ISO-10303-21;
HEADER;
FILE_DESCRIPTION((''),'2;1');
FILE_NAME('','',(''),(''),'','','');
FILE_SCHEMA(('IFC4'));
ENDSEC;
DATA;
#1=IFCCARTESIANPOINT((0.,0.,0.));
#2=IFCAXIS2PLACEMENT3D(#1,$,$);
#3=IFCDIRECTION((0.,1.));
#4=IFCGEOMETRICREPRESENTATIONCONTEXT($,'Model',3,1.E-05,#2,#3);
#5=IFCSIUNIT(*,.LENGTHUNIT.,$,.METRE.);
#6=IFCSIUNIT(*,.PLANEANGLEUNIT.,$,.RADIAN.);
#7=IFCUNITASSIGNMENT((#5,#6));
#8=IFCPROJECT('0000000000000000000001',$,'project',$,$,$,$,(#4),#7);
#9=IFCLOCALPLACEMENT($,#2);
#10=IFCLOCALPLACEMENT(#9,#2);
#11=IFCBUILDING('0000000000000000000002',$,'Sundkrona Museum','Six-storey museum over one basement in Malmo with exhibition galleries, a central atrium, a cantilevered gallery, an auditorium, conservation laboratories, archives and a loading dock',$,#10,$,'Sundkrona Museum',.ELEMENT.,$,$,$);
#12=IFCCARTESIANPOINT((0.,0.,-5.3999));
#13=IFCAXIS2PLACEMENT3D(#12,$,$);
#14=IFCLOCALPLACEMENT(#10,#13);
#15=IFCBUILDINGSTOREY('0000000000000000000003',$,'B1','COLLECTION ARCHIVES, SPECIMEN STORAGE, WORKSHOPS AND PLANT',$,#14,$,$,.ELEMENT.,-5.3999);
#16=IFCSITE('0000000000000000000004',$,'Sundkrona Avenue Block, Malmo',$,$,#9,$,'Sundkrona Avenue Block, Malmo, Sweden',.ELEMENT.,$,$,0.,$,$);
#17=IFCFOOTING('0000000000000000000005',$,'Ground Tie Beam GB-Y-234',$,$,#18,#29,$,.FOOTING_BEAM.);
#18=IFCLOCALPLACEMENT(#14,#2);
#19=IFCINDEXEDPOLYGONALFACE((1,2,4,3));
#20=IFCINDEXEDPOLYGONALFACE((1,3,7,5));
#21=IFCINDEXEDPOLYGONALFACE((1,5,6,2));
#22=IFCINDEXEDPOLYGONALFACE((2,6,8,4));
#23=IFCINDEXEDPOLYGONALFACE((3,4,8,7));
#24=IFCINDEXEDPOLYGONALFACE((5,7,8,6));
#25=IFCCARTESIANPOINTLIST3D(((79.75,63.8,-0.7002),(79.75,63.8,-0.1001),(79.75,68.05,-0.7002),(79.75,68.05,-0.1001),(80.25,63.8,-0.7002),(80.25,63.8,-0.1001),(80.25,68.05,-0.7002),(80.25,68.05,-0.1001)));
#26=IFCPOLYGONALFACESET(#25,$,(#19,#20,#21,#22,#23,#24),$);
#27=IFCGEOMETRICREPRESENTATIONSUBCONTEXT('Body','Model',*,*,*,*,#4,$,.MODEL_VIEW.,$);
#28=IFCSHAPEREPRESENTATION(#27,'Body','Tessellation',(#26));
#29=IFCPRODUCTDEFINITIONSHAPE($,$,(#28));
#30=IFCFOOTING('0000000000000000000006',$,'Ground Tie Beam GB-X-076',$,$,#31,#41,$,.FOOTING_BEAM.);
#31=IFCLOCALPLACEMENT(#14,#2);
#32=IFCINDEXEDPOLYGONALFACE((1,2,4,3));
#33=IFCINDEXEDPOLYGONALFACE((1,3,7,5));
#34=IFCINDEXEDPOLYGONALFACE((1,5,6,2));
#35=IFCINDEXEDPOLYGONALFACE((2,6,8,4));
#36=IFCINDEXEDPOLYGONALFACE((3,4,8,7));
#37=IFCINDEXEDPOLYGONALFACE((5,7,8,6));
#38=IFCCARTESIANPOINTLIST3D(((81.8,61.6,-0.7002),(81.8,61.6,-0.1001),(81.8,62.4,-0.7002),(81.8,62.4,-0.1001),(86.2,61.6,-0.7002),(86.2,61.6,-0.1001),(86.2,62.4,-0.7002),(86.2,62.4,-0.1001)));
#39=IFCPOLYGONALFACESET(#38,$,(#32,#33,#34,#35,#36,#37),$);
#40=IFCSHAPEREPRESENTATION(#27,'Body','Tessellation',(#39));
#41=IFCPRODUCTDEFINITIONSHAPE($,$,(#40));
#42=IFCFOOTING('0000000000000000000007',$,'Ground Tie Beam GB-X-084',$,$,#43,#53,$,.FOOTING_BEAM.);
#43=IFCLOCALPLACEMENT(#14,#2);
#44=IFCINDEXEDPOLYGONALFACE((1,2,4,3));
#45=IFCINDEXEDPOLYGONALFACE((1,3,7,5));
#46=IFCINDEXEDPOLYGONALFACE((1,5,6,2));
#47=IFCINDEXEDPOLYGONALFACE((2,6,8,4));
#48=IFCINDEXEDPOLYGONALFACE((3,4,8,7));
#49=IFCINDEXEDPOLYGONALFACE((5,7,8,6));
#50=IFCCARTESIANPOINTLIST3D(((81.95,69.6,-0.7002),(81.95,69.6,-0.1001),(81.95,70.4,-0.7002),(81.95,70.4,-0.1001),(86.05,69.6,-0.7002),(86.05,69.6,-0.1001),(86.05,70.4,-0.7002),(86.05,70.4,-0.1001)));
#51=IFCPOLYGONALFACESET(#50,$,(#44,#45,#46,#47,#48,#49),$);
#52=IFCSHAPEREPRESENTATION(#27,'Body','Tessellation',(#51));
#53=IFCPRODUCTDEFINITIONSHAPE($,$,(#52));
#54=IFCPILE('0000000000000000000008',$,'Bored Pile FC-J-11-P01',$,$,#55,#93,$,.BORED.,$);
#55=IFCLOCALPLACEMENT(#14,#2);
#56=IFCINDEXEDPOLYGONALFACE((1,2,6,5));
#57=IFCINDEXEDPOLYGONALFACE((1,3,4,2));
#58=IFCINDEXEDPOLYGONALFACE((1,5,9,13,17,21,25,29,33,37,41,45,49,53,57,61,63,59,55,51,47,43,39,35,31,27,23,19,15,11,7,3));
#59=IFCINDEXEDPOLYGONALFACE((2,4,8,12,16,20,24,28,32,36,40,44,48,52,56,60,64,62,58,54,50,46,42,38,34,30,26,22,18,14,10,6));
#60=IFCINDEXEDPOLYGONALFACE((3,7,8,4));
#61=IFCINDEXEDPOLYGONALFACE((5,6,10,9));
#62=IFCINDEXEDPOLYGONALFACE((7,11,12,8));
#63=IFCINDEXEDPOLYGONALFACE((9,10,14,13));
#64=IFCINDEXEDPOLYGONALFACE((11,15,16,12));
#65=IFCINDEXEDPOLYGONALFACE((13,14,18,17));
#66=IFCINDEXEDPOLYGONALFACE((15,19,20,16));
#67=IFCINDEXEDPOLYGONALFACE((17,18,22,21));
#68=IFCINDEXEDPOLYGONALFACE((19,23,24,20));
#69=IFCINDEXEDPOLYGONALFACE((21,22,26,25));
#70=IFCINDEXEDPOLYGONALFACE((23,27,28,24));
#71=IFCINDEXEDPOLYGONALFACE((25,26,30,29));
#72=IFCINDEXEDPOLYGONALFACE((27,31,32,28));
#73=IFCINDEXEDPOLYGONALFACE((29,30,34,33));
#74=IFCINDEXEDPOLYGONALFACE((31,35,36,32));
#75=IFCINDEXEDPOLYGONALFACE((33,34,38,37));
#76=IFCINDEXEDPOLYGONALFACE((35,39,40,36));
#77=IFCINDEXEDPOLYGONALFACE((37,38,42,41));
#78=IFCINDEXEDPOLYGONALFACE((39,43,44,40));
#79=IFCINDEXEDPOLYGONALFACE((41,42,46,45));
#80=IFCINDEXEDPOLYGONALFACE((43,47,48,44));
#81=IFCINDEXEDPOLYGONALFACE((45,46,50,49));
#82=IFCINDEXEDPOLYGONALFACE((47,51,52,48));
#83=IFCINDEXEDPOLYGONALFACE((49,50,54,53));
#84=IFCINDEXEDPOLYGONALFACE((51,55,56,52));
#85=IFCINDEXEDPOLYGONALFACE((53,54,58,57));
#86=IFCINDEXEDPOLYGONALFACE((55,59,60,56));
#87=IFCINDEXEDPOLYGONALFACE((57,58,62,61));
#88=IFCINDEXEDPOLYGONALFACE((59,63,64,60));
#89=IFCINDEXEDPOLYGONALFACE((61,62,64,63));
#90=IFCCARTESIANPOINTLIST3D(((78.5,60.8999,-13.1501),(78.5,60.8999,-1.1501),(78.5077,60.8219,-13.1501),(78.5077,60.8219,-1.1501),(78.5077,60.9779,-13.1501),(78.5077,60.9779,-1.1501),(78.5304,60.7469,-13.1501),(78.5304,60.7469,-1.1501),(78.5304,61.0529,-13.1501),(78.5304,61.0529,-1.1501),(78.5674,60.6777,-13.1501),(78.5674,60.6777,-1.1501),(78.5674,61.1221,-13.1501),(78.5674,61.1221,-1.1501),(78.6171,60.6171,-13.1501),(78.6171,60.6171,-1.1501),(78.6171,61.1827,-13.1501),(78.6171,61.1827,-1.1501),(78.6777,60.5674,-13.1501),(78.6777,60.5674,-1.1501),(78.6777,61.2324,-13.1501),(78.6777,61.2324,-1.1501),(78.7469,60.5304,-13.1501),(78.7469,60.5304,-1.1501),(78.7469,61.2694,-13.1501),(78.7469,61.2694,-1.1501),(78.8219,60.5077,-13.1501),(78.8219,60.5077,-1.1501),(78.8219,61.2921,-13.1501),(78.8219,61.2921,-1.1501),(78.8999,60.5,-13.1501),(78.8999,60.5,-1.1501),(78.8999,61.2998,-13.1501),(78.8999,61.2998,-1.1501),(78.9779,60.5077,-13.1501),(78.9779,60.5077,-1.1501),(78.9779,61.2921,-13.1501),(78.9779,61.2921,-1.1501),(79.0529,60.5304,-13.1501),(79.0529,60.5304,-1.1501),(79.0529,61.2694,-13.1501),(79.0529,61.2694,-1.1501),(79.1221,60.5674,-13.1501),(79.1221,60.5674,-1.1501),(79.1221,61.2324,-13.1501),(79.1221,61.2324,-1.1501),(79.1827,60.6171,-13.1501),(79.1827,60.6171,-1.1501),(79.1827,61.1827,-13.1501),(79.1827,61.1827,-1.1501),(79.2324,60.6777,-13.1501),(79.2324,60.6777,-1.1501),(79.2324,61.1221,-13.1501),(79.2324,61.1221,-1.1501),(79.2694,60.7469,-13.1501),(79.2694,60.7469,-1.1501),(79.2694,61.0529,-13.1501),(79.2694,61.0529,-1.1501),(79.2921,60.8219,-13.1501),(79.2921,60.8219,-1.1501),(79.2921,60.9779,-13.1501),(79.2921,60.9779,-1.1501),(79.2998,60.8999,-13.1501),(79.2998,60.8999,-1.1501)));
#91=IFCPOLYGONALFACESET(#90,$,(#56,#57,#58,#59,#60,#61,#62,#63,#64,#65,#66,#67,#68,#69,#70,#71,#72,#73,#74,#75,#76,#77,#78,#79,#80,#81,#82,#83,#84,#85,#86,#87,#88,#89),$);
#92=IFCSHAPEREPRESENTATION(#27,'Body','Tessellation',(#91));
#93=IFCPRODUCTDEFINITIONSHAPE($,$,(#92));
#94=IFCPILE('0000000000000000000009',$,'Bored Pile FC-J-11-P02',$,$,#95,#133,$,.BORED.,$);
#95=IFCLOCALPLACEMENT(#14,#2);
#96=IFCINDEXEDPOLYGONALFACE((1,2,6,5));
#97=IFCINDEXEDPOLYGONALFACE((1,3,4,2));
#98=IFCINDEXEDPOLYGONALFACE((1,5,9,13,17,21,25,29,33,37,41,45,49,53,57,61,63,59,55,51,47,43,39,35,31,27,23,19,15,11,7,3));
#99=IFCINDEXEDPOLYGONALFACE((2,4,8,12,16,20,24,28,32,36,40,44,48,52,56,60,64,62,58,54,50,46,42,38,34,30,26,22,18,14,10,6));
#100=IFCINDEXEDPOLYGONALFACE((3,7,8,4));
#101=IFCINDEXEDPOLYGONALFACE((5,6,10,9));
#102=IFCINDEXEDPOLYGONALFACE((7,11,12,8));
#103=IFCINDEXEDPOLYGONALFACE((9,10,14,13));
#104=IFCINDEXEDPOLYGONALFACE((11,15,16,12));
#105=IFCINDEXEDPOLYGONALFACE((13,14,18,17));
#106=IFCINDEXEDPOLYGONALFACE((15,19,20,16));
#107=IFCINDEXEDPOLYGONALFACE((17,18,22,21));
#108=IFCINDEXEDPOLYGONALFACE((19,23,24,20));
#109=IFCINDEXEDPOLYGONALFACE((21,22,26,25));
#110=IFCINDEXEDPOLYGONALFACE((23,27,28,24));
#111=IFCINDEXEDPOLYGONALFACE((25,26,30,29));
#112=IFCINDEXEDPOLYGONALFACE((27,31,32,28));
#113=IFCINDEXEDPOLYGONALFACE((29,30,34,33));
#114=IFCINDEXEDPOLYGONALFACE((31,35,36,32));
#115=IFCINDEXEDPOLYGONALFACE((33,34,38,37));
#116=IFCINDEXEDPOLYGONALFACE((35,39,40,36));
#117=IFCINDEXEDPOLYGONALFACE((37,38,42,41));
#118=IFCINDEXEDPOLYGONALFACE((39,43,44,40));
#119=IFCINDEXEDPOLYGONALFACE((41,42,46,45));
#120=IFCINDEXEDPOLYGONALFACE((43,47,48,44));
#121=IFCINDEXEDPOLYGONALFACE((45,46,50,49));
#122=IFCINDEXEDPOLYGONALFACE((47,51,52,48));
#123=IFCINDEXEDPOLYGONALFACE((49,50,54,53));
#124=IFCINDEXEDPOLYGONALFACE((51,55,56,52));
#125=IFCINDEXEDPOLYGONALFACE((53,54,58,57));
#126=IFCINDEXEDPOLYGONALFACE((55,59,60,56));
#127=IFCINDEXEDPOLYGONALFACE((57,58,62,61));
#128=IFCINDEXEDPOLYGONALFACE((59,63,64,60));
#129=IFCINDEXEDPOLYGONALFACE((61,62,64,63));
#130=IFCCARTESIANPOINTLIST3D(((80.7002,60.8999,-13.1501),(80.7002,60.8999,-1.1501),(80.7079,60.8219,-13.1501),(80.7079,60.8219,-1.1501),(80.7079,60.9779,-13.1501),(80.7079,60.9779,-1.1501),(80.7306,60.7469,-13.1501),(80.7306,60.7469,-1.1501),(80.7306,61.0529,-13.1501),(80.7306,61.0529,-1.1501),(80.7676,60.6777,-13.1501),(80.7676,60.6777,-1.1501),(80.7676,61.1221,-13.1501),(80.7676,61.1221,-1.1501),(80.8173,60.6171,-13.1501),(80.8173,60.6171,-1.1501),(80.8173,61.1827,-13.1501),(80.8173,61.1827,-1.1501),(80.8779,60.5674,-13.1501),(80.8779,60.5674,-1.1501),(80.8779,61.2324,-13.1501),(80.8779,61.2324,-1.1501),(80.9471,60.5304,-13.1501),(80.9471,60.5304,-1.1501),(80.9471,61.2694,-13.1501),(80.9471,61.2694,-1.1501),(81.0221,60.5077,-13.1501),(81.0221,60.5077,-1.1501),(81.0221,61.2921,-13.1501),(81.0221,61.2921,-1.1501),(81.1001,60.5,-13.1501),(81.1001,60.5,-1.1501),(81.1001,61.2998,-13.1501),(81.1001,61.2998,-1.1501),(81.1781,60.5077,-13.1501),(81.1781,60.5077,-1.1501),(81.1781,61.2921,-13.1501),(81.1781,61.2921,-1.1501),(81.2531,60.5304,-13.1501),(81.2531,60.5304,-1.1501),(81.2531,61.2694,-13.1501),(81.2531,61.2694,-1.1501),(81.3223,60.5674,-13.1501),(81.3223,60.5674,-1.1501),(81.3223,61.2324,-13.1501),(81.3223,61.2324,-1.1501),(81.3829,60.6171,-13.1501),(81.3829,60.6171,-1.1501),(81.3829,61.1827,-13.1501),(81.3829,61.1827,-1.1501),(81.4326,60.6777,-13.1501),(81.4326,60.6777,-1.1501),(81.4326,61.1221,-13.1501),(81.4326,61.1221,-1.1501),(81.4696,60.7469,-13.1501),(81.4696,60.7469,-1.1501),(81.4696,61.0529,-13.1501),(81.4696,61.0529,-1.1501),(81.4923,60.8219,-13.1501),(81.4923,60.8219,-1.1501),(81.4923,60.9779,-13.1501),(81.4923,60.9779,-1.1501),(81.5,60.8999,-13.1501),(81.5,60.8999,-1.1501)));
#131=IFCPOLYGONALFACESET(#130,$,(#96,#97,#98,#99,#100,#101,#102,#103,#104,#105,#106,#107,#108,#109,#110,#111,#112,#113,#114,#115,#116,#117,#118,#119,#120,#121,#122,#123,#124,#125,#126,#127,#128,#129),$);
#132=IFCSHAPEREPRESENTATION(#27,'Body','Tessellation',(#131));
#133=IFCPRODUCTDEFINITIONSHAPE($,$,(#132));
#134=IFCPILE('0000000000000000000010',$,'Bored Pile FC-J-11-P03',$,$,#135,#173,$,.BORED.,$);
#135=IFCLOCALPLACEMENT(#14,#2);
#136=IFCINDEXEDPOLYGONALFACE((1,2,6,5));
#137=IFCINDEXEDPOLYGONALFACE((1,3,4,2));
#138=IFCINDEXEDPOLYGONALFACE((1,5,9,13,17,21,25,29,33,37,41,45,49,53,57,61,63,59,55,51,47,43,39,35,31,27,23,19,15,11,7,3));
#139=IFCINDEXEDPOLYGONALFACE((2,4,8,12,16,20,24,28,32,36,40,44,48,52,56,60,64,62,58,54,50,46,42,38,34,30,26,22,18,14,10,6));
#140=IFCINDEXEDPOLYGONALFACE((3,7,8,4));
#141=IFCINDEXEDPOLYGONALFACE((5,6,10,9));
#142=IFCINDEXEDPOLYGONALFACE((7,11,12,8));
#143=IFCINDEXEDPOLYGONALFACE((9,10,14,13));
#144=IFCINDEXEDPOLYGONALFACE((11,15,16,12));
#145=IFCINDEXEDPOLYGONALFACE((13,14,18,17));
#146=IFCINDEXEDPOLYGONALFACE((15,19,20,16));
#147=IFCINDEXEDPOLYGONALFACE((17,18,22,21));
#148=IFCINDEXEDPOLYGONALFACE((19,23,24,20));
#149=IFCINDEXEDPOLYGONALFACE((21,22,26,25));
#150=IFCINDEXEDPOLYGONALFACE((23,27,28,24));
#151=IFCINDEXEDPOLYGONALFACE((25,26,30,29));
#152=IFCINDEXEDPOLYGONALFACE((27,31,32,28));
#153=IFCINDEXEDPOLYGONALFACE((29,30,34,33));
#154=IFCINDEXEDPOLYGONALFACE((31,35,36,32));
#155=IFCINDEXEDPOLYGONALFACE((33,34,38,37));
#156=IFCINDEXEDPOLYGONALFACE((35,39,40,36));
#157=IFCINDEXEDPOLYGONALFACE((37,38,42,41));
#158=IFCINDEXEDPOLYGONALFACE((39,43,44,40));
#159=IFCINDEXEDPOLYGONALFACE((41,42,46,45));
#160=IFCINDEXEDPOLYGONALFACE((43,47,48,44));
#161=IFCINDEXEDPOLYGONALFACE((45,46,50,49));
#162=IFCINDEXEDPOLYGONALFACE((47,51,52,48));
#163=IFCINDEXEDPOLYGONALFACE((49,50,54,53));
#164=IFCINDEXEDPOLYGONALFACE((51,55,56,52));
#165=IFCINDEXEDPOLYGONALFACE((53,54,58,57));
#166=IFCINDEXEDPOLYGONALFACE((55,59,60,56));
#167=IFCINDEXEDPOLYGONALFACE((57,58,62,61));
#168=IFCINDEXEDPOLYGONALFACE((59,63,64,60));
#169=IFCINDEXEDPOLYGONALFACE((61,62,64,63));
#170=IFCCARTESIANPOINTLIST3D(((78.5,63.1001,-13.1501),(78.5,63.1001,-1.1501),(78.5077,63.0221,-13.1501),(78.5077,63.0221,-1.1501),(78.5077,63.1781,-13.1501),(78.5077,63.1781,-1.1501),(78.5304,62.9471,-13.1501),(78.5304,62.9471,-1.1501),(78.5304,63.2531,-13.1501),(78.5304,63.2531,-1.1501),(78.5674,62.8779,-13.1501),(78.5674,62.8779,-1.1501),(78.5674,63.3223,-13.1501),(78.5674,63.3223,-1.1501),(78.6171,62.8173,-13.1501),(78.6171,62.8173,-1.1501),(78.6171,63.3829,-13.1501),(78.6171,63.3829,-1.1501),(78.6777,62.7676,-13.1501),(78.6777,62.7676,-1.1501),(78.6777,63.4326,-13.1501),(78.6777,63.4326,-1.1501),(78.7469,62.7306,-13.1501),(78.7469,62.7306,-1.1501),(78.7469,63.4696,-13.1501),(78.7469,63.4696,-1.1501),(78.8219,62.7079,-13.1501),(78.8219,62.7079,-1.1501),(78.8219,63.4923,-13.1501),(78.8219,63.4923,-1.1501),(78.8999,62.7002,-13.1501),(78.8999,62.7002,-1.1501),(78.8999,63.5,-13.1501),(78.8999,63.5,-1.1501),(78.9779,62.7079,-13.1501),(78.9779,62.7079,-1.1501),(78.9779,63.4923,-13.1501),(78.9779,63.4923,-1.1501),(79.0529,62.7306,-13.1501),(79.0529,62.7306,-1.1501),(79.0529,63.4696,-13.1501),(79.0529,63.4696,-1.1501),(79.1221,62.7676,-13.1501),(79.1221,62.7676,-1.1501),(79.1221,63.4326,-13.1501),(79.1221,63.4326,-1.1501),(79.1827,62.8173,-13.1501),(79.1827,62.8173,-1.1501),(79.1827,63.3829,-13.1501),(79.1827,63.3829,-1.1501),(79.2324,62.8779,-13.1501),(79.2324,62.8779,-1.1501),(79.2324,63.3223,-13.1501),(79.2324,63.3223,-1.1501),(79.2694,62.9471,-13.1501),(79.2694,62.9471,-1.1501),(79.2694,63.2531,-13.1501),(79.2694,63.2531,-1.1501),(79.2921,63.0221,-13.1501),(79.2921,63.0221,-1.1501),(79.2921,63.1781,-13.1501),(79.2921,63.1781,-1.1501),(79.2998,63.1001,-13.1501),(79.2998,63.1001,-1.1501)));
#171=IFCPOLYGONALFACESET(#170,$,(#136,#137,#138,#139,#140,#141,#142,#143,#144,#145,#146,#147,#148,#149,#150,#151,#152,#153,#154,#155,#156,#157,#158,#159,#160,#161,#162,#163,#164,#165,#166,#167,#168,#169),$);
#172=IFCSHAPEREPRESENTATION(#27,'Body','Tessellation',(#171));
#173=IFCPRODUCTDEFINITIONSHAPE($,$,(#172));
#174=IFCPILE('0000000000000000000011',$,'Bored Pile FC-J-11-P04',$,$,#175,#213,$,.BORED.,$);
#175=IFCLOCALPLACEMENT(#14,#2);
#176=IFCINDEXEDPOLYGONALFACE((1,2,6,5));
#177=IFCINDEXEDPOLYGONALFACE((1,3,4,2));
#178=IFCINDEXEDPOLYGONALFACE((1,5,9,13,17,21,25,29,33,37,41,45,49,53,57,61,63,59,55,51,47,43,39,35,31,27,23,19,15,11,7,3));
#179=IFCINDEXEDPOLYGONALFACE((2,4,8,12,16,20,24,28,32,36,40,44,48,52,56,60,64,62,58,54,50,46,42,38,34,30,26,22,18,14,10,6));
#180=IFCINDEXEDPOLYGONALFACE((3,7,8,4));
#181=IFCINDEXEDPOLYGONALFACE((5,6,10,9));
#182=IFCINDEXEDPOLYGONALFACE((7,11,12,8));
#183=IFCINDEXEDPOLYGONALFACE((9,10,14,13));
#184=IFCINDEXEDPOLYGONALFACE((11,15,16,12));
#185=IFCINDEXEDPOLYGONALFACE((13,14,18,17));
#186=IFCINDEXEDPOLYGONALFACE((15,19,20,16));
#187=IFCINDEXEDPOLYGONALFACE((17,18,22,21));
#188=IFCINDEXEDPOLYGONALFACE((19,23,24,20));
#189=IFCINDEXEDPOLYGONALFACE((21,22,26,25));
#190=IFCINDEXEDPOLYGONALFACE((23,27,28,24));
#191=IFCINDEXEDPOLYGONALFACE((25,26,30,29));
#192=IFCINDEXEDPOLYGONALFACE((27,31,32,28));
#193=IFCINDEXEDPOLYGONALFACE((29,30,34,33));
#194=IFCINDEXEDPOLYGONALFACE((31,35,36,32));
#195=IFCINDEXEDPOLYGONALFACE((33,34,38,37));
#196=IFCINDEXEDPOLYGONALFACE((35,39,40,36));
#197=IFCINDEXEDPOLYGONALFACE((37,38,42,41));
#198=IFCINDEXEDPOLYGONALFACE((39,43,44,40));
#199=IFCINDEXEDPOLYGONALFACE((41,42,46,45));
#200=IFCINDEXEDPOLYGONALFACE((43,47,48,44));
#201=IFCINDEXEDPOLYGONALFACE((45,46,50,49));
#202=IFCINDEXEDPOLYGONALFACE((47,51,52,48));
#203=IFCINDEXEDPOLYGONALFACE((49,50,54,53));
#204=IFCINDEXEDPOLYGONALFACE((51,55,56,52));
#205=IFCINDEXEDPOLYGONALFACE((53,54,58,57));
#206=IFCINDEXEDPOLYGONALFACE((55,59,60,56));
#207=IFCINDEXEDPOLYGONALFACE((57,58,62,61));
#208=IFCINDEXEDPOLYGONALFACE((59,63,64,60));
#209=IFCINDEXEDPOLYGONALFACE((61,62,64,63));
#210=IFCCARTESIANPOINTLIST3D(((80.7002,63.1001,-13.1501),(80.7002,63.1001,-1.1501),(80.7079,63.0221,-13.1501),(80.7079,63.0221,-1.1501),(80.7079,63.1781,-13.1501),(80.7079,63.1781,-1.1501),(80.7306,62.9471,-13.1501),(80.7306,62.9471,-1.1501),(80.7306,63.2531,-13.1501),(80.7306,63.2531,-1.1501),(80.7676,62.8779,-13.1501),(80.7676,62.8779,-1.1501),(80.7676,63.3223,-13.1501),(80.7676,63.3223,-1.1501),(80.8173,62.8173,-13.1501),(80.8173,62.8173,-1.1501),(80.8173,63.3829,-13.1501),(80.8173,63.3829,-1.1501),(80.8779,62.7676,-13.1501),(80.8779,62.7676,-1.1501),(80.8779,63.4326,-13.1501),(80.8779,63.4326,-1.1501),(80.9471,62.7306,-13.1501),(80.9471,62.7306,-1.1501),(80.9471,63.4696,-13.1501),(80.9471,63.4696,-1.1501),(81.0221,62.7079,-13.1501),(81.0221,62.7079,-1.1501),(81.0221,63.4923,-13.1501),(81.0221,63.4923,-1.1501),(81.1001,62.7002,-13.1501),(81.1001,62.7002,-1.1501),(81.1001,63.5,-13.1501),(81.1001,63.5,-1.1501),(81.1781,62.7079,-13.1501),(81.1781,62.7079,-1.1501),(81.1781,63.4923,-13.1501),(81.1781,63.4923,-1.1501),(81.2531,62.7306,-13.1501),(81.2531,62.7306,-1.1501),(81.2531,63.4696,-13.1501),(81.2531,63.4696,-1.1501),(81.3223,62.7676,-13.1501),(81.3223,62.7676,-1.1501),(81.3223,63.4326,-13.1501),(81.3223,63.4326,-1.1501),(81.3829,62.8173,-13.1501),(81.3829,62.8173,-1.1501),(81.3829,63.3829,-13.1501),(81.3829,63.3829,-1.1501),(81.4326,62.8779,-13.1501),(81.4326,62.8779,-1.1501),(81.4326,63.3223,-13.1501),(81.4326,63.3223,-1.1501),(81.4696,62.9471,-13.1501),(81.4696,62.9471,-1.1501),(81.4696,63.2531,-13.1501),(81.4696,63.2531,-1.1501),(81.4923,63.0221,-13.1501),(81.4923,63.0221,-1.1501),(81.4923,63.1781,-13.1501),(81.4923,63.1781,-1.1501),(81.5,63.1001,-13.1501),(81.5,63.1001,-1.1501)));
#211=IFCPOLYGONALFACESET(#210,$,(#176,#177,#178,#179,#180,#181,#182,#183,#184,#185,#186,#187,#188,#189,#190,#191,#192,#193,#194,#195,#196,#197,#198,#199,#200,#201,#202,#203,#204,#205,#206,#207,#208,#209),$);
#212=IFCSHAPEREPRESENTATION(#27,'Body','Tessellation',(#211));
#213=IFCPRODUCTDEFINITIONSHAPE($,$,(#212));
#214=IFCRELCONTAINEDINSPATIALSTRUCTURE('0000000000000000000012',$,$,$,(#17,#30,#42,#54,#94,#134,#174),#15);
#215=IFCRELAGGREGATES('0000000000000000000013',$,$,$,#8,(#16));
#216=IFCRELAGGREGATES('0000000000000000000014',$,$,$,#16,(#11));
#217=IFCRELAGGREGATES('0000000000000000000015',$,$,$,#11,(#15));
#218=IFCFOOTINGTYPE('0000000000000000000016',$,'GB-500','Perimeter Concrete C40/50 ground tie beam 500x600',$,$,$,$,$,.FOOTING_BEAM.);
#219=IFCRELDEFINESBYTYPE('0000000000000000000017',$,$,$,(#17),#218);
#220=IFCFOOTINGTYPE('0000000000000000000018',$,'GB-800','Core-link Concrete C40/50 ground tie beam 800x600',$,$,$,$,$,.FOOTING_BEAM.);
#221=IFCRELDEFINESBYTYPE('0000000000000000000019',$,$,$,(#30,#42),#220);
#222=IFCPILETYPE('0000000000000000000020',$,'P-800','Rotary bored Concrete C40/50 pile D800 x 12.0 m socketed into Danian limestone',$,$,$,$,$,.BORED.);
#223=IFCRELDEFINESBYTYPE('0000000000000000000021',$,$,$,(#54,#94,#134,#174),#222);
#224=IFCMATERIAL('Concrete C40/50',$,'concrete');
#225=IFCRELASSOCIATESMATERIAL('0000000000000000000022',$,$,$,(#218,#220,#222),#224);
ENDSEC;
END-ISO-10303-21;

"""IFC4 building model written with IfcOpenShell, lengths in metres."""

from ifc_helpers import new_model, si_unit, direction, frame, origin, origin_2d, place, context, subcontext, project, spatial, rectangle, circle, extrude, material, material_profile, profile_set, type_object, element, save


model = new_model("IFC4")

# Units and contexts
model_context = context("Model", 3, precision=1e-05, world=origin(), true_north=direction((0.0, 1.0)))
body_context = subcontext(model_context, "Body", "Model", "MODEL_VIEW")
ifc_project = project(units=[si_unit("LENGTHUNIT", "METRE"), si_unit("PLANEANGLEUNIT", "RADIAN")], contexts=[model_context])

# Site, building, storey
site_placement = place(None, origin())
site = spatial("IfcSite", under=ifc_project, at=site_placement, Name="Sundkrona Avenue Block, Malmo", LongName="Sundkrona Avenue Block, Malmo, Sweden", CompositionType="ELEMENT", RefElevation=0.0)
building_placement = place(site_placement, origin())
building = spatial("IfcBuilding", under=site, at=building_placement, Name="Sundkrona Museum", Description="Six-storey museum over one basement in Malmo with exhibition galleries, a central atrium, a cantilevered gallery, an auditorium, conservation laboratories, archives and a loading dock", LongName="Sundkrona Museum", CompositionType="ELEMENT")
storey_placement = place(building_placement, frame((0.0, 0.0, -5.3999)))
storey = spatial("IfcBuildingStorey", under=building, at=storey_placement, Name="B1", Description="COLLECTION ARCHIVES, SPECIMEN STORAGE, WORKSHOPS AND PLANT", CompositionType="ELEMENT", Elevation=-5.3999)

# Footings
ifc_material_1 = material(Name="Concrete C40/50", Category="concrete")
footing_type_1 = type_object("IfcFootingType", Name="GB-500", Description="Perimeter Concrete C40/50 ground tie beam 500x600", PredefinedType="FOOTING_BEAM", material=ifc_material_1)
footing_1_placement = place(storey_placement, frame((80.0, 65.925, -0.7002), z_axis=(0.0, 0.0, 1.0), x_axis=(0.0, 1.0, 0.0)))
element("IfcFooting", 1, at=footing_1_placement, inside=storey, type_object=footing_type_1, Name="Ground Tie Beam GB-Y-234", PredefinedType="FOOTING_BEAM", context=body_context, shape_type="SweptSolid", body=[
    extrude(rectangle(XDim=4.25, YDim=0.5, at=origin_2d()), origin(), (0.0, 0.0, 1.0), 0.6001),
])
footing_type_2 = type_object("IfcFootingType", Name="GB-800", Description="Core-link Concrete C40/50 ground tie beam 800x600", PredefinedType="FOOTING_BEAM", material=ifc_material_1)
footing_2_placement = place(storey_placement, frame((84.0, 62.0, -0.7002), z_axis=(0.0, 0.0, 1.0), x_axis=(1.0, 0.0, 0.0)))
element("IfcFooting", 2, at=footing_2_placement, inside=storey, type_object=footing_type_2, Name="Ground Tie Beam GB-X-076", PredefinedType="FOOTING_BEAM", context=body_context, shape_type="SweptSolid", body=[
    extrude(rectangle(XDim=4.3999, YDim=0.8, at=origin_2d()), origin(), (0.0, 0.0, 1.0), 0.6001),
])
footing_3_placement = place(storey_placement, frame((84.0, 70.0, -0.7002), z_axis=(0.0, 0.0, 1.0), x_axis=(1.0, 0.0, 0.0)))
element("IfcFooting", 3, at=footing_3_placement, inside=storey, type_object=footing_type_2, Name="Ground Tie Beam GB-X-084", PredefinedType="FOOTING_BEAM", context=body_context, shape_type="SweptSolid", body=[
    extrude(rectangle(XDim=4.1001, YDim=0.8, at=origin_2d()), origin(), (0.0, 0.0, 1.0), 0.6001),
])

# Piles
ifc_material_profile_1 = material_profile(ifc_material_1, circle(Radius=0.3999, at=origin_2d()), Name="PILE D800")
ifc_profile_set_1 = profile_set([ifc_material_profile_1], Name="Concrete C40/50")
pile_type = type_object("IfcPileType", Name="P-800", Description="Rotary bored Concrete C40/50 pile D800 x 12.0 m socketed into Danian limestone", PredefinedType="BORED", material=ifc_profile_set_1)
for number, where, z_axis, x_axis, name in (
    (4, (78.8999, 60.8999, -1.1501), (0.0, 0.0, -1.0), (1.0, 0.0, 0.0), "Bored Pile FC-J-11-P01"),
    (5, (81.1001, 60.8999, -1.1501), (0.0, 0.0, -1.0), (1.0, 0.0, 0.0), "Bored Pile FC-J-11-P02"),
    (6, (78.8999, 63.1001, -1.1501), (0.0, 0.0, -1.0), (1.0, 0.0, 0.0), "Bored Pile FC-J-11-P03"),
    (7, (81.1001, 63.1001, -1.1501), (0.0, 0.0, -1.0), (1.0, 0.0, 0.0), "Bored Pile FC-J-11-P04"),
):
    element("IfcPile", number, at=place(storey_placement, frame(where, z_axis=z_axis, x_axis=x_axis)), inside=storey, type_object=pile_type, Name=name, PredefinedType="BORED", context=body_context, shape_type="SweptSolid", body=[
        extrude(circle(Radius=0.3999, at=origin_2d()), origin(), (0.0, 0.0, 1.0), 12.0),
    ])

save(model, "model.ifc")
